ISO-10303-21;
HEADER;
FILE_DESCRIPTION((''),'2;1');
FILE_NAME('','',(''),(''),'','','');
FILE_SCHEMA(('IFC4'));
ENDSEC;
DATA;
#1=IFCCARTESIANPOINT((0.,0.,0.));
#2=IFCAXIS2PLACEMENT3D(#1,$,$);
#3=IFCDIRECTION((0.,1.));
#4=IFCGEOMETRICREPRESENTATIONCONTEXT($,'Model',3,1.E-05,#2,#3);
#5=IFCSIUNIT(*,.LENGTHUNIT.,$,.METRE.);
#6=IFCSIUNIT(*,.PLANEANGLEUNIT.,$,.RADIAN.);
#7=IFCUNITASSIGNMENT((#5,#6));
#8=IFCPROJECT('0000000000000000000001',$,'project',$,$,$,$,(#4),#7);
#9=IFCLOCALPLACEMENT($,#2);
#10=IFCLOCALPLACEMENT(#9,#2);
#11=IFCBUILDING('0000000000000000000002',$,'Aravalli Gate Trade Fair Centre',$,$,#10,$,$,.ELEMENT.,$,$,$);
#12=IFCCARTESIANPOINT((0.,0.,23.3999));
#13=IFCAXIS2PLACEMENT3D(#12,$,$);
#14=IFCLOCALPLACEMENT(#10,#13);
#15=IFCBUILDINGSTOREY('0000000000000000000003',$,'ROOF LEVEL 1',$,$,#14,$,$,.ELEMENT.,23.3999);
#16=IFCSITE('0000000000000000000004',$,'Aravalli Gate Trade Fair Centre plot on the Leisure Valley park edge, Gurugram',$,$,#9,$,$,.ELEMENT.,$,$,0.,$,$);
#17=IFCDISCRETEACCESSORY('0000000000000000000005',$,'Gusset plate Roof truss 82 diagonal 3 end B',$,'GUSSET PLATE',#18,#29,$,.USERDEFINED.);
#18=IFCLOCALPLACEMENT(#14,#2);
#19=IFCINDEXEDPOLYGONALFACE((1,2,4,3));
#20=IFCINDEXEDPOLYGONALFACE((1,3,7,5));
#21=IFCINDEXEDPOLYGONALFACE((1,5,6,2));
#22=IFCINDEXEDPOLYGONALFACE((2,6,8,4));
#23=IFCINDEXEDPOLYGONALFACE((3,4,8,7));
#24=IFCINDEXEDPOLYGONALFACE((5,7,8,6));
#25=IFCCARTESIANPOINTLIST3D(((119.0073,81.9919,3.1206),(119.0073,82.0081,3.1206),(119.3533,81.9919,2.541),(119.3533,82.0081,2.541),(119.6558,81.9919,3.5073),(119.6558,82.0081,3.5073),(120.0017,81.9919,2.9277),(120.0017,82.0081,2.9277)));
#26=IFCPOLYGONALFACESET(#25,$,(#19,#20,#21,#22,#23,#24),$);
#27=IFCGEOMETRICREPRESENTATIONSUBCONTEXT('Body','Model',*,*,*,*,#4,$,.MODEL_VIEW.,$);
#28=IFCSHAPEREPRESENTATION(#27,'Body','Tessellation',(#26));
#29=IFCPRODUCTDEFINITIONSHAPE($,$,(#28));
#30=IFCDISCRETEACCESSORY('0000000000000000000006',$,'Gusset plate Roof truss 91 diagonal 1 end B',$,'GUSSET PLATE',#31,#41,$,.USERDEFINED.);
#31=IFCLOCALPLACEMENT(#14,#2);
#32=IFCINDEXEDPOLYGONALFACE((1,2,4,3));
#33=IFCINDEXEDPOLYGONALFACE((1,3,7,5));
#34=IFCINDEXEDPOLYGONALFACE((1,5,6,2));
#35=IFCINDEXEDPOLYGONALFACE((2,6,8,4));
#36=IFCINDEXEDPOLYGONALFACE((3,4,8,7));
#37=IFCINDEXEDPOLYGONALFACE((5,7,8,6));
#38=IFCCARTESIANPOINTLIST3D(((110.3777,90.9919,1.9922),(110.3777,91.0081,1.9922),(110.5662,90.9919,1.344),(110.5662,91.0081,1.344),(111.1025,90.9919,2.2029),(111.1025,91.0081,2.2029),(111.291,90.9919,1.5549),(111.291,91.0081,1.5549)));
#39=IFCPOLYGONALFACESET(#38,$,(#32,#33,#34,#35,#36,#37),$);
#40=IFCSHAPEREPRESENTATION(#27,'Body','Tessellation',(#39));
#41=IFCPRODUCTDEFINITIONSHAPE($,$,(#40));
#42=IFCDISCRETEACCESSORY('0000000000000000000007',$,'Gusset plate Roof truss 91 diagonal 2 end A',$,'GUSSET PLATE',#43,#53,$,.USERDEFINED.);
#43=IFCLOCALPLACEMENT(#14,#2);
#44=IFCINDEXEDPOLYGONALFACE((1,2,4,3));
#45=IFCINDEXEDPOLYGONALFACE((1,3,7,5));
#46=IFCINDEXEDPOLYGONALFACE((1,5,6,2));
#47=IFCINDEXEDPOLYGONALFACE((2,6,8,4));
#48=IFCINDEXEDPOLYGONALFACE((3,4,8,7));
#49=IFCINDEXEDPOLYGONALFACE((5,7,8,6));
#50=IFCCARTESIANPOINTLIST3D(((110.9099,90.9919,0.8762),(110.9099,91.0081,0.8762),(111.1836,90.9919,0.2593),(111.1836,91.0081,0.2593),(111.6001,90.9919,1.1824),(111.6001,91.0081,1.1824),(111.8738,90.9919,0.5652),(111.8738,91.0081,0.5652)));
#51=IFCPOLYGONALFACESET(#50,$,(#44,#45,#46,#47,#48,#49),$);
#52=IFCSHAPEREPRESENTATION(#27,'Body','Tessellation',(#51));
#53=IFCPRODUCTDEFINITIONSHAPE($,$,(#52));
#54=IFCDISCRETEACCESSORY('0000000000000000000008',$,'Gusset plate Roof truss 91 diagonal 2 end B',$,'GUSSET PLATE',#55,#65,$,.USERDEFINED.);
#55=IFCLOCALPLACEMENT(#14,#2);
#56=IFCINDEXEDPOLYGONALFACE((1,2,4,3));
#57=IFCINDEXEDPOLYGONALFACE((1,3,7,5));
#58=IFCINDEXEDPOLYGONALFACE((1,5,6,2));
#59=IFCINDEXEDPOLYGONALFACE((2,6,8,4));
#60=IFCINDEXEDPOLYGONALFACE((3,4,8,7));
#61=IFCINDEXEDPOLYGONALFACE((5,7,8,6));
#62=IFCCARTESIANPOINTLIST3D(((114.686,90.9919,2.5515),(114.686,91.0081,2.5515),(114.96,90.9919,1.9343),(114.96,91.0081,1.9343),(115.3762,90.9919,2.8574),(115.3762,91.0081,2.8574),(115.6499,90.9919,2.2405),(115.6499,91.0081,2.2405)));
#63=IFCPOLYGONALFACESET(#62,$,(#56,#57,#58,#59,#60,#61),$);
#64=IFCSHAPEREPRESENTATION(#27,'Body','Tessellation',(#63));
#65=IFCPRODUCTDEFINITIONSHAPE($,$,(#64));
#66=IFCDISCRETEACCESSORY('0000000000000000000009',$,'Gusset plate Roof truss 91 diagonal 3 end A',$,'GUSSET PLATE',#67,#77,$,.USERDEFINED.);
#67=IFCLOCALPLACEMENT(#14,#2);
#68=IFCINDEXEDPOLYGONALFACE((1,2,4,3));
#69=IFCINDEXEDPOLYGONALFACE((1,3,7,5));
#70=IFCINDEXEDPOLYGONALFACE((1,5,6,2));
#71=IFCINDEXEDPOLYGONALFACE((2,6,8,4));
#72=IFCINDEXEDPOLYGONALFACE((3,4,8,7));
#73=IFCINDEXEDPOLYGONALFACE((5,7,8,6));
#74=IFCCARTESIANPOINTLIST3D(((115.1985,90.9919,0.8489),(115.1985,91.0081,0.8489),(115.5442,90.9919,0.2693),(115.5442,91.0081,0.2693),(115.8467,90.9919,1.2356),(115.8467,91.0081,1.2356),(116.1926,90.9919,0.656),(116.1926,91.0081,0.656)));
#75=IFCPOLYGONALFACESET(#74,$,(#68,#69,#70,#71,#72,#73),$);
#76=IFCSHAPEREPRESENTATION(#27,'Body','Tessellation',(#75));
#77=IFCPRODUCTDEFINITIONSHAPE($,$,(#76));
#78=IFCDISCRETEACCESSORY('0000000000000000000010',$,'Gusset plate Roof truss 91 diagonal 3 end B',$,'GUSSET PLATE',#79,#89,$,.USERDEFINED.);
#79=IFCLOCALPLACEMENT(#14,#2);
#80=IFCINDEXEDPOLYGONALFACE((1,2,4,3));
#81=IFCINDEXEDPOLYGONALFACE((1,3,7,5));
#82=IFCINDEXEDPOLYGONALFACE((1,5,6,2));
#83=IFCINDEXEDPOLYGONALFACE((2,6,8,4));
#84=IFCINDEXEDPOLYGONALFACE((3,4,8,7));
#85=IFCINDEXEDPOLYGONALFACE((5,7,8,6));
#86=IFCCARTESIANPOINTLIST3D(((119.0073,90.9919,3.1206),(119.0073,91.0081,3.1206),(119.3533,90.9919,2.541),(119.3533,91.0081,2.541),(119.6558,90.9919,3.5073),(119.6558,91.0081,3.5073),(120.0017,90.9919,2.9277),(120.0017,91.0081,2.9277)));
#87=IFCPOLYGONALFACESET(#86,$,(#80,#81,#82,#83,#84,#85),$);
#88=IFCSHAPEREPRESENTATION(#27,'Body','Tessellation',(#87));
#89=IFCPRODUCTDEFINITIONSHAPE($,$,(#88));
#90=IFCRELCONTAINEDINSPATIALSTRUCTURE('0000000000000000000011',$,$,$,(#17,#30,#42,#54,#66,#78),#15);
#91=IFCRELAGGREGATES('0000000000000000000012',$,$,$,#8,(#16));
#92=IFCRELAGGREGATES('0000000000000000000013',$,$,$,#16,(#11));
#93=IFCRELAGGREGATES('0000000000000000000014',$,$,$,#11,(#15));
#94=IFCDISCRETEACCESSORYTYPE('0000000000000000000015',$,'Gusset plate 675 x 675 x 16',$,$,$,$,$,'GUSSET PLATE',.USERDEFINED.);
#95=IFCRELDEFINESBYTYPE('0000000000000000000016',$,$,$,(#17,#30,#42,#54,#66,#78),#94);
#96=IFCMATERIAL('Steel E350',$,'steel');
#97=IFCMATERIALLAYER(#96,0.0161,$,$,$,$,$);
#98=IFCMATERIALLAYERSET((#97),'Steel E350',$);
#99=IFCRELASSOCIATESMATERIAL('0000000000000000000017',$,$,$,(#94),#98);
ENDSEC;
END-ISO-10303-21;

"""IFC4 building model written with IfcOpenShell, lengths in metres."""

from ifc_helpers import new_model, si_unit, direction, frame, origin, place, context, subcontext, project, spatial, polyline, outline, extrude, material, layer, layer_set, type_object, element, save


model = new_model("IFC4")

# Units and contexts
model_context = context("Model", 3, precision=1e-05, world=origin(), true_north=direction((0.0, 1.0)))
body_context = subcontext(model_context, "Body", "Model", "MODEL_VIEW")
ifc_project = project(units=[si_unit("LENGTHUNIT", "METRE"), si_unit("PLANEANGLEUNIT", "RADIAN")], contexts=[model_context])

# Site, building, storey
site_placement = place(None, origin())
site = spatial("IfcSite", under=ifc_project, at=site_placement, Name="Aravalli Gate Trade Fair Centre plot on the Leisure Valley park edge, Gurugram", CompositionType="ELEMENT", RefElevation=0.0)
building_placement = place(site_placement, origin())
building = spatial("IfcBuilding", under=site, at=building_placement, Name="Aravalli Gate Trade Fair Centre", CompositionType="ELEMENT")
storey_placement = place(building_placement, frame((0.0, 0.0, 23.3999)))
storey = spatial("IfcBuildingStorey", under=building, at=storey_placement, Name="ROOF LEVEL 1", CompositionType="ELEMENT", Elevation=23.3999)

# Shared definitions
ifc_material = material(Name="Steel E350", Category="steel")

# Discrete accessories
ifc_layer_1 = layer(ifc_material, 0.0161)
ifc_layer_set_1 = layer_set([ifc_layer_1], Name="Steel E350")
discrete_accessory_type_1 = type_object("IfcDiscreteAccessoryType", Name="Gusset plate 675 x 675 x 16", ElementType="GUSSET PLATE", PredefinedType="USERDEFINED", material=ifc_layer_set_1)
discrete_accessory_1_placement = place(storey_placement, frame((119.3533, 81.9919, 2.541), z_axis=(0.0, -1.0, 0.0), x_axis=(0.858859, 0.0, 0.512211)))
element("IfcDiscreteAccessory", 1, at=discrete_accessory_1_placement, inside=storey, type_object=discrete_accessory_type_1, Name="Gusset plate Roof truss 82 diagonal 3 end B", ObjectType="GUSSET PLATE", PredefinedType="USERDEFINED", context=body_context, shape_type="SweptSolid", body=[
    extrude(outline(polyline([(0.0, 0.0), (0.755, 0.0), (0.7548, 0.675), (-0.0002, 0.675), (0.0, 0.0)])), origin(), (0.0, 0.0, -1.0), 0.0161),
])
discrete_accessory_2_placement = place(storey_placement, frame((110.5662, 90.9919, 1.344), z_axis=(0.0, -1.0, 0.0), x_axis=(0.96017, 0.0, 0.279416)))
element("IfcDiscreteAccessory", 2, at=discrete_accessory_2_placement, inside=storey, type_object=discrete_accessory_type_1, Name="Gusset plate Roof truss 91 diagonal 1 end B", ObjectType="GUSSET PLATE", PredefinedType="USERDEFINED", context=body_context, shape_type="SweptSolid", body=[
    extrude(outline(polyline([(0.0, 0.0), (0.7549, 0.0), (0.755, 0.6748), (0.0001, 0.675), (0.0, 0.0)])), origin(), (0.0, 0.0, -1.0), 0.0161),
])
discrete_accessory_3_placement = place(storey_placement, frame((111.6001, 90.9919, 1.1824), z_axis=(0.0, -1.0, 0.0), x_axis=(-0.914105, 0.0, -0.405478)))
element("IfcDiscreteAccessory", 3, at=discrete_accessory_3_placement, inside=storey, type_object=discrete_accessory_type_1, Name="Gusset plate Roof truss 91 diagonal 2 end A", ObjectType="GUSSET PLATE", PredefinedType="USERDEFINED", context=body_context, shape_type="SweptSolid", body=[
    extrude(outline(polyline([(0.0, 0.0), (0.755, 0.0), (0.755, 0.6749), (0.0001, 0.6751), (0.0, 0.0)])), origin(), (0.0, 0.0, -1.0), 0.0161),
])
discrete_accessory_4_placement = place(storey_placement, frame((114.96, 90.9919, 1.9343), z_axis=(0.0, -1.0, 0.0), x_axis=(0.914051, 0.0, 0.405598)))
element("IfcDiscreteAccessory", 4, at=discrete_accessory_4_placement, inside=storey, type_object=discrete_accessory_type_1, Name="Gusset plate Roof truss 91 diagonal 2 end B", ObjectType="GUSSET PLATE", PredefinedType="USERDEFINED", context=body_context, shape_type="SweptSolid", body=[
    extrude(outline(polyline([(0.0, 0.0), (0.7548, 0.0), (0.7549, 0.6749), (-0.0001, 0.6752), (0.0, 0.0)])), origin(), (0.0, 0.0, -1.0), 0.0161),
])
discrete_accessory_5_placement = place(storey_placement, frame((115.8467, 90.9919, 1.2356), z_axis=(0.0, -1.0, 0.0), x_axis=(-0.858775, 0.0, -0.512354)))
element("IfcDiscreteAccessory", 5, at=discrete_accessory_5_placement, inside=storey, type_object=discrete_accessory_type_1, Name="Gusset plate Roof truss 91 diagonal 3 end A", ObjectType="GUSSET PLATE", PredefinedType="USERDEFINED", context=body_context, shape_type="SweptSolid", body=[
    extrude(outline(polyline([(0.0, 0.0), (0.7548, 0.0), (0.7549, 0.6749), (-0.0001, 0.675), (0.0, 0.0)])), origin(), (0.0, 0.0, -1.0), 0.0161),
])
discrete_accessory_6_placement = place(storey_placement, frame((119.3533, 90.9919, 2.541), z_axis=(0.0, -1.0, 0.0), x_axis=(0.858859, 0.0, 0.512211)))
element("IfcDiscreteAccessory", 6, at=discrete_accessory_6_placement, inside=storey, type_object=discrete_accessory_type_1, Name="Gusset plate Roof truss 91 diagonal 3 end B", ObjectType="GUSSET PLATE", PredefinedType="USERDEFINED", context=body_context, shape_type="SweptSolid", body=[
    extrude(outline(polyline([(0.0, 0.0), (0.755, 0.0), (0.7548, 0.675), (-0.0002, 0.675), (0.0, 0.0)])), origin(), (0.0, 0.0, -1.0), 0.0161),
])

save(model, "model.ifc")
